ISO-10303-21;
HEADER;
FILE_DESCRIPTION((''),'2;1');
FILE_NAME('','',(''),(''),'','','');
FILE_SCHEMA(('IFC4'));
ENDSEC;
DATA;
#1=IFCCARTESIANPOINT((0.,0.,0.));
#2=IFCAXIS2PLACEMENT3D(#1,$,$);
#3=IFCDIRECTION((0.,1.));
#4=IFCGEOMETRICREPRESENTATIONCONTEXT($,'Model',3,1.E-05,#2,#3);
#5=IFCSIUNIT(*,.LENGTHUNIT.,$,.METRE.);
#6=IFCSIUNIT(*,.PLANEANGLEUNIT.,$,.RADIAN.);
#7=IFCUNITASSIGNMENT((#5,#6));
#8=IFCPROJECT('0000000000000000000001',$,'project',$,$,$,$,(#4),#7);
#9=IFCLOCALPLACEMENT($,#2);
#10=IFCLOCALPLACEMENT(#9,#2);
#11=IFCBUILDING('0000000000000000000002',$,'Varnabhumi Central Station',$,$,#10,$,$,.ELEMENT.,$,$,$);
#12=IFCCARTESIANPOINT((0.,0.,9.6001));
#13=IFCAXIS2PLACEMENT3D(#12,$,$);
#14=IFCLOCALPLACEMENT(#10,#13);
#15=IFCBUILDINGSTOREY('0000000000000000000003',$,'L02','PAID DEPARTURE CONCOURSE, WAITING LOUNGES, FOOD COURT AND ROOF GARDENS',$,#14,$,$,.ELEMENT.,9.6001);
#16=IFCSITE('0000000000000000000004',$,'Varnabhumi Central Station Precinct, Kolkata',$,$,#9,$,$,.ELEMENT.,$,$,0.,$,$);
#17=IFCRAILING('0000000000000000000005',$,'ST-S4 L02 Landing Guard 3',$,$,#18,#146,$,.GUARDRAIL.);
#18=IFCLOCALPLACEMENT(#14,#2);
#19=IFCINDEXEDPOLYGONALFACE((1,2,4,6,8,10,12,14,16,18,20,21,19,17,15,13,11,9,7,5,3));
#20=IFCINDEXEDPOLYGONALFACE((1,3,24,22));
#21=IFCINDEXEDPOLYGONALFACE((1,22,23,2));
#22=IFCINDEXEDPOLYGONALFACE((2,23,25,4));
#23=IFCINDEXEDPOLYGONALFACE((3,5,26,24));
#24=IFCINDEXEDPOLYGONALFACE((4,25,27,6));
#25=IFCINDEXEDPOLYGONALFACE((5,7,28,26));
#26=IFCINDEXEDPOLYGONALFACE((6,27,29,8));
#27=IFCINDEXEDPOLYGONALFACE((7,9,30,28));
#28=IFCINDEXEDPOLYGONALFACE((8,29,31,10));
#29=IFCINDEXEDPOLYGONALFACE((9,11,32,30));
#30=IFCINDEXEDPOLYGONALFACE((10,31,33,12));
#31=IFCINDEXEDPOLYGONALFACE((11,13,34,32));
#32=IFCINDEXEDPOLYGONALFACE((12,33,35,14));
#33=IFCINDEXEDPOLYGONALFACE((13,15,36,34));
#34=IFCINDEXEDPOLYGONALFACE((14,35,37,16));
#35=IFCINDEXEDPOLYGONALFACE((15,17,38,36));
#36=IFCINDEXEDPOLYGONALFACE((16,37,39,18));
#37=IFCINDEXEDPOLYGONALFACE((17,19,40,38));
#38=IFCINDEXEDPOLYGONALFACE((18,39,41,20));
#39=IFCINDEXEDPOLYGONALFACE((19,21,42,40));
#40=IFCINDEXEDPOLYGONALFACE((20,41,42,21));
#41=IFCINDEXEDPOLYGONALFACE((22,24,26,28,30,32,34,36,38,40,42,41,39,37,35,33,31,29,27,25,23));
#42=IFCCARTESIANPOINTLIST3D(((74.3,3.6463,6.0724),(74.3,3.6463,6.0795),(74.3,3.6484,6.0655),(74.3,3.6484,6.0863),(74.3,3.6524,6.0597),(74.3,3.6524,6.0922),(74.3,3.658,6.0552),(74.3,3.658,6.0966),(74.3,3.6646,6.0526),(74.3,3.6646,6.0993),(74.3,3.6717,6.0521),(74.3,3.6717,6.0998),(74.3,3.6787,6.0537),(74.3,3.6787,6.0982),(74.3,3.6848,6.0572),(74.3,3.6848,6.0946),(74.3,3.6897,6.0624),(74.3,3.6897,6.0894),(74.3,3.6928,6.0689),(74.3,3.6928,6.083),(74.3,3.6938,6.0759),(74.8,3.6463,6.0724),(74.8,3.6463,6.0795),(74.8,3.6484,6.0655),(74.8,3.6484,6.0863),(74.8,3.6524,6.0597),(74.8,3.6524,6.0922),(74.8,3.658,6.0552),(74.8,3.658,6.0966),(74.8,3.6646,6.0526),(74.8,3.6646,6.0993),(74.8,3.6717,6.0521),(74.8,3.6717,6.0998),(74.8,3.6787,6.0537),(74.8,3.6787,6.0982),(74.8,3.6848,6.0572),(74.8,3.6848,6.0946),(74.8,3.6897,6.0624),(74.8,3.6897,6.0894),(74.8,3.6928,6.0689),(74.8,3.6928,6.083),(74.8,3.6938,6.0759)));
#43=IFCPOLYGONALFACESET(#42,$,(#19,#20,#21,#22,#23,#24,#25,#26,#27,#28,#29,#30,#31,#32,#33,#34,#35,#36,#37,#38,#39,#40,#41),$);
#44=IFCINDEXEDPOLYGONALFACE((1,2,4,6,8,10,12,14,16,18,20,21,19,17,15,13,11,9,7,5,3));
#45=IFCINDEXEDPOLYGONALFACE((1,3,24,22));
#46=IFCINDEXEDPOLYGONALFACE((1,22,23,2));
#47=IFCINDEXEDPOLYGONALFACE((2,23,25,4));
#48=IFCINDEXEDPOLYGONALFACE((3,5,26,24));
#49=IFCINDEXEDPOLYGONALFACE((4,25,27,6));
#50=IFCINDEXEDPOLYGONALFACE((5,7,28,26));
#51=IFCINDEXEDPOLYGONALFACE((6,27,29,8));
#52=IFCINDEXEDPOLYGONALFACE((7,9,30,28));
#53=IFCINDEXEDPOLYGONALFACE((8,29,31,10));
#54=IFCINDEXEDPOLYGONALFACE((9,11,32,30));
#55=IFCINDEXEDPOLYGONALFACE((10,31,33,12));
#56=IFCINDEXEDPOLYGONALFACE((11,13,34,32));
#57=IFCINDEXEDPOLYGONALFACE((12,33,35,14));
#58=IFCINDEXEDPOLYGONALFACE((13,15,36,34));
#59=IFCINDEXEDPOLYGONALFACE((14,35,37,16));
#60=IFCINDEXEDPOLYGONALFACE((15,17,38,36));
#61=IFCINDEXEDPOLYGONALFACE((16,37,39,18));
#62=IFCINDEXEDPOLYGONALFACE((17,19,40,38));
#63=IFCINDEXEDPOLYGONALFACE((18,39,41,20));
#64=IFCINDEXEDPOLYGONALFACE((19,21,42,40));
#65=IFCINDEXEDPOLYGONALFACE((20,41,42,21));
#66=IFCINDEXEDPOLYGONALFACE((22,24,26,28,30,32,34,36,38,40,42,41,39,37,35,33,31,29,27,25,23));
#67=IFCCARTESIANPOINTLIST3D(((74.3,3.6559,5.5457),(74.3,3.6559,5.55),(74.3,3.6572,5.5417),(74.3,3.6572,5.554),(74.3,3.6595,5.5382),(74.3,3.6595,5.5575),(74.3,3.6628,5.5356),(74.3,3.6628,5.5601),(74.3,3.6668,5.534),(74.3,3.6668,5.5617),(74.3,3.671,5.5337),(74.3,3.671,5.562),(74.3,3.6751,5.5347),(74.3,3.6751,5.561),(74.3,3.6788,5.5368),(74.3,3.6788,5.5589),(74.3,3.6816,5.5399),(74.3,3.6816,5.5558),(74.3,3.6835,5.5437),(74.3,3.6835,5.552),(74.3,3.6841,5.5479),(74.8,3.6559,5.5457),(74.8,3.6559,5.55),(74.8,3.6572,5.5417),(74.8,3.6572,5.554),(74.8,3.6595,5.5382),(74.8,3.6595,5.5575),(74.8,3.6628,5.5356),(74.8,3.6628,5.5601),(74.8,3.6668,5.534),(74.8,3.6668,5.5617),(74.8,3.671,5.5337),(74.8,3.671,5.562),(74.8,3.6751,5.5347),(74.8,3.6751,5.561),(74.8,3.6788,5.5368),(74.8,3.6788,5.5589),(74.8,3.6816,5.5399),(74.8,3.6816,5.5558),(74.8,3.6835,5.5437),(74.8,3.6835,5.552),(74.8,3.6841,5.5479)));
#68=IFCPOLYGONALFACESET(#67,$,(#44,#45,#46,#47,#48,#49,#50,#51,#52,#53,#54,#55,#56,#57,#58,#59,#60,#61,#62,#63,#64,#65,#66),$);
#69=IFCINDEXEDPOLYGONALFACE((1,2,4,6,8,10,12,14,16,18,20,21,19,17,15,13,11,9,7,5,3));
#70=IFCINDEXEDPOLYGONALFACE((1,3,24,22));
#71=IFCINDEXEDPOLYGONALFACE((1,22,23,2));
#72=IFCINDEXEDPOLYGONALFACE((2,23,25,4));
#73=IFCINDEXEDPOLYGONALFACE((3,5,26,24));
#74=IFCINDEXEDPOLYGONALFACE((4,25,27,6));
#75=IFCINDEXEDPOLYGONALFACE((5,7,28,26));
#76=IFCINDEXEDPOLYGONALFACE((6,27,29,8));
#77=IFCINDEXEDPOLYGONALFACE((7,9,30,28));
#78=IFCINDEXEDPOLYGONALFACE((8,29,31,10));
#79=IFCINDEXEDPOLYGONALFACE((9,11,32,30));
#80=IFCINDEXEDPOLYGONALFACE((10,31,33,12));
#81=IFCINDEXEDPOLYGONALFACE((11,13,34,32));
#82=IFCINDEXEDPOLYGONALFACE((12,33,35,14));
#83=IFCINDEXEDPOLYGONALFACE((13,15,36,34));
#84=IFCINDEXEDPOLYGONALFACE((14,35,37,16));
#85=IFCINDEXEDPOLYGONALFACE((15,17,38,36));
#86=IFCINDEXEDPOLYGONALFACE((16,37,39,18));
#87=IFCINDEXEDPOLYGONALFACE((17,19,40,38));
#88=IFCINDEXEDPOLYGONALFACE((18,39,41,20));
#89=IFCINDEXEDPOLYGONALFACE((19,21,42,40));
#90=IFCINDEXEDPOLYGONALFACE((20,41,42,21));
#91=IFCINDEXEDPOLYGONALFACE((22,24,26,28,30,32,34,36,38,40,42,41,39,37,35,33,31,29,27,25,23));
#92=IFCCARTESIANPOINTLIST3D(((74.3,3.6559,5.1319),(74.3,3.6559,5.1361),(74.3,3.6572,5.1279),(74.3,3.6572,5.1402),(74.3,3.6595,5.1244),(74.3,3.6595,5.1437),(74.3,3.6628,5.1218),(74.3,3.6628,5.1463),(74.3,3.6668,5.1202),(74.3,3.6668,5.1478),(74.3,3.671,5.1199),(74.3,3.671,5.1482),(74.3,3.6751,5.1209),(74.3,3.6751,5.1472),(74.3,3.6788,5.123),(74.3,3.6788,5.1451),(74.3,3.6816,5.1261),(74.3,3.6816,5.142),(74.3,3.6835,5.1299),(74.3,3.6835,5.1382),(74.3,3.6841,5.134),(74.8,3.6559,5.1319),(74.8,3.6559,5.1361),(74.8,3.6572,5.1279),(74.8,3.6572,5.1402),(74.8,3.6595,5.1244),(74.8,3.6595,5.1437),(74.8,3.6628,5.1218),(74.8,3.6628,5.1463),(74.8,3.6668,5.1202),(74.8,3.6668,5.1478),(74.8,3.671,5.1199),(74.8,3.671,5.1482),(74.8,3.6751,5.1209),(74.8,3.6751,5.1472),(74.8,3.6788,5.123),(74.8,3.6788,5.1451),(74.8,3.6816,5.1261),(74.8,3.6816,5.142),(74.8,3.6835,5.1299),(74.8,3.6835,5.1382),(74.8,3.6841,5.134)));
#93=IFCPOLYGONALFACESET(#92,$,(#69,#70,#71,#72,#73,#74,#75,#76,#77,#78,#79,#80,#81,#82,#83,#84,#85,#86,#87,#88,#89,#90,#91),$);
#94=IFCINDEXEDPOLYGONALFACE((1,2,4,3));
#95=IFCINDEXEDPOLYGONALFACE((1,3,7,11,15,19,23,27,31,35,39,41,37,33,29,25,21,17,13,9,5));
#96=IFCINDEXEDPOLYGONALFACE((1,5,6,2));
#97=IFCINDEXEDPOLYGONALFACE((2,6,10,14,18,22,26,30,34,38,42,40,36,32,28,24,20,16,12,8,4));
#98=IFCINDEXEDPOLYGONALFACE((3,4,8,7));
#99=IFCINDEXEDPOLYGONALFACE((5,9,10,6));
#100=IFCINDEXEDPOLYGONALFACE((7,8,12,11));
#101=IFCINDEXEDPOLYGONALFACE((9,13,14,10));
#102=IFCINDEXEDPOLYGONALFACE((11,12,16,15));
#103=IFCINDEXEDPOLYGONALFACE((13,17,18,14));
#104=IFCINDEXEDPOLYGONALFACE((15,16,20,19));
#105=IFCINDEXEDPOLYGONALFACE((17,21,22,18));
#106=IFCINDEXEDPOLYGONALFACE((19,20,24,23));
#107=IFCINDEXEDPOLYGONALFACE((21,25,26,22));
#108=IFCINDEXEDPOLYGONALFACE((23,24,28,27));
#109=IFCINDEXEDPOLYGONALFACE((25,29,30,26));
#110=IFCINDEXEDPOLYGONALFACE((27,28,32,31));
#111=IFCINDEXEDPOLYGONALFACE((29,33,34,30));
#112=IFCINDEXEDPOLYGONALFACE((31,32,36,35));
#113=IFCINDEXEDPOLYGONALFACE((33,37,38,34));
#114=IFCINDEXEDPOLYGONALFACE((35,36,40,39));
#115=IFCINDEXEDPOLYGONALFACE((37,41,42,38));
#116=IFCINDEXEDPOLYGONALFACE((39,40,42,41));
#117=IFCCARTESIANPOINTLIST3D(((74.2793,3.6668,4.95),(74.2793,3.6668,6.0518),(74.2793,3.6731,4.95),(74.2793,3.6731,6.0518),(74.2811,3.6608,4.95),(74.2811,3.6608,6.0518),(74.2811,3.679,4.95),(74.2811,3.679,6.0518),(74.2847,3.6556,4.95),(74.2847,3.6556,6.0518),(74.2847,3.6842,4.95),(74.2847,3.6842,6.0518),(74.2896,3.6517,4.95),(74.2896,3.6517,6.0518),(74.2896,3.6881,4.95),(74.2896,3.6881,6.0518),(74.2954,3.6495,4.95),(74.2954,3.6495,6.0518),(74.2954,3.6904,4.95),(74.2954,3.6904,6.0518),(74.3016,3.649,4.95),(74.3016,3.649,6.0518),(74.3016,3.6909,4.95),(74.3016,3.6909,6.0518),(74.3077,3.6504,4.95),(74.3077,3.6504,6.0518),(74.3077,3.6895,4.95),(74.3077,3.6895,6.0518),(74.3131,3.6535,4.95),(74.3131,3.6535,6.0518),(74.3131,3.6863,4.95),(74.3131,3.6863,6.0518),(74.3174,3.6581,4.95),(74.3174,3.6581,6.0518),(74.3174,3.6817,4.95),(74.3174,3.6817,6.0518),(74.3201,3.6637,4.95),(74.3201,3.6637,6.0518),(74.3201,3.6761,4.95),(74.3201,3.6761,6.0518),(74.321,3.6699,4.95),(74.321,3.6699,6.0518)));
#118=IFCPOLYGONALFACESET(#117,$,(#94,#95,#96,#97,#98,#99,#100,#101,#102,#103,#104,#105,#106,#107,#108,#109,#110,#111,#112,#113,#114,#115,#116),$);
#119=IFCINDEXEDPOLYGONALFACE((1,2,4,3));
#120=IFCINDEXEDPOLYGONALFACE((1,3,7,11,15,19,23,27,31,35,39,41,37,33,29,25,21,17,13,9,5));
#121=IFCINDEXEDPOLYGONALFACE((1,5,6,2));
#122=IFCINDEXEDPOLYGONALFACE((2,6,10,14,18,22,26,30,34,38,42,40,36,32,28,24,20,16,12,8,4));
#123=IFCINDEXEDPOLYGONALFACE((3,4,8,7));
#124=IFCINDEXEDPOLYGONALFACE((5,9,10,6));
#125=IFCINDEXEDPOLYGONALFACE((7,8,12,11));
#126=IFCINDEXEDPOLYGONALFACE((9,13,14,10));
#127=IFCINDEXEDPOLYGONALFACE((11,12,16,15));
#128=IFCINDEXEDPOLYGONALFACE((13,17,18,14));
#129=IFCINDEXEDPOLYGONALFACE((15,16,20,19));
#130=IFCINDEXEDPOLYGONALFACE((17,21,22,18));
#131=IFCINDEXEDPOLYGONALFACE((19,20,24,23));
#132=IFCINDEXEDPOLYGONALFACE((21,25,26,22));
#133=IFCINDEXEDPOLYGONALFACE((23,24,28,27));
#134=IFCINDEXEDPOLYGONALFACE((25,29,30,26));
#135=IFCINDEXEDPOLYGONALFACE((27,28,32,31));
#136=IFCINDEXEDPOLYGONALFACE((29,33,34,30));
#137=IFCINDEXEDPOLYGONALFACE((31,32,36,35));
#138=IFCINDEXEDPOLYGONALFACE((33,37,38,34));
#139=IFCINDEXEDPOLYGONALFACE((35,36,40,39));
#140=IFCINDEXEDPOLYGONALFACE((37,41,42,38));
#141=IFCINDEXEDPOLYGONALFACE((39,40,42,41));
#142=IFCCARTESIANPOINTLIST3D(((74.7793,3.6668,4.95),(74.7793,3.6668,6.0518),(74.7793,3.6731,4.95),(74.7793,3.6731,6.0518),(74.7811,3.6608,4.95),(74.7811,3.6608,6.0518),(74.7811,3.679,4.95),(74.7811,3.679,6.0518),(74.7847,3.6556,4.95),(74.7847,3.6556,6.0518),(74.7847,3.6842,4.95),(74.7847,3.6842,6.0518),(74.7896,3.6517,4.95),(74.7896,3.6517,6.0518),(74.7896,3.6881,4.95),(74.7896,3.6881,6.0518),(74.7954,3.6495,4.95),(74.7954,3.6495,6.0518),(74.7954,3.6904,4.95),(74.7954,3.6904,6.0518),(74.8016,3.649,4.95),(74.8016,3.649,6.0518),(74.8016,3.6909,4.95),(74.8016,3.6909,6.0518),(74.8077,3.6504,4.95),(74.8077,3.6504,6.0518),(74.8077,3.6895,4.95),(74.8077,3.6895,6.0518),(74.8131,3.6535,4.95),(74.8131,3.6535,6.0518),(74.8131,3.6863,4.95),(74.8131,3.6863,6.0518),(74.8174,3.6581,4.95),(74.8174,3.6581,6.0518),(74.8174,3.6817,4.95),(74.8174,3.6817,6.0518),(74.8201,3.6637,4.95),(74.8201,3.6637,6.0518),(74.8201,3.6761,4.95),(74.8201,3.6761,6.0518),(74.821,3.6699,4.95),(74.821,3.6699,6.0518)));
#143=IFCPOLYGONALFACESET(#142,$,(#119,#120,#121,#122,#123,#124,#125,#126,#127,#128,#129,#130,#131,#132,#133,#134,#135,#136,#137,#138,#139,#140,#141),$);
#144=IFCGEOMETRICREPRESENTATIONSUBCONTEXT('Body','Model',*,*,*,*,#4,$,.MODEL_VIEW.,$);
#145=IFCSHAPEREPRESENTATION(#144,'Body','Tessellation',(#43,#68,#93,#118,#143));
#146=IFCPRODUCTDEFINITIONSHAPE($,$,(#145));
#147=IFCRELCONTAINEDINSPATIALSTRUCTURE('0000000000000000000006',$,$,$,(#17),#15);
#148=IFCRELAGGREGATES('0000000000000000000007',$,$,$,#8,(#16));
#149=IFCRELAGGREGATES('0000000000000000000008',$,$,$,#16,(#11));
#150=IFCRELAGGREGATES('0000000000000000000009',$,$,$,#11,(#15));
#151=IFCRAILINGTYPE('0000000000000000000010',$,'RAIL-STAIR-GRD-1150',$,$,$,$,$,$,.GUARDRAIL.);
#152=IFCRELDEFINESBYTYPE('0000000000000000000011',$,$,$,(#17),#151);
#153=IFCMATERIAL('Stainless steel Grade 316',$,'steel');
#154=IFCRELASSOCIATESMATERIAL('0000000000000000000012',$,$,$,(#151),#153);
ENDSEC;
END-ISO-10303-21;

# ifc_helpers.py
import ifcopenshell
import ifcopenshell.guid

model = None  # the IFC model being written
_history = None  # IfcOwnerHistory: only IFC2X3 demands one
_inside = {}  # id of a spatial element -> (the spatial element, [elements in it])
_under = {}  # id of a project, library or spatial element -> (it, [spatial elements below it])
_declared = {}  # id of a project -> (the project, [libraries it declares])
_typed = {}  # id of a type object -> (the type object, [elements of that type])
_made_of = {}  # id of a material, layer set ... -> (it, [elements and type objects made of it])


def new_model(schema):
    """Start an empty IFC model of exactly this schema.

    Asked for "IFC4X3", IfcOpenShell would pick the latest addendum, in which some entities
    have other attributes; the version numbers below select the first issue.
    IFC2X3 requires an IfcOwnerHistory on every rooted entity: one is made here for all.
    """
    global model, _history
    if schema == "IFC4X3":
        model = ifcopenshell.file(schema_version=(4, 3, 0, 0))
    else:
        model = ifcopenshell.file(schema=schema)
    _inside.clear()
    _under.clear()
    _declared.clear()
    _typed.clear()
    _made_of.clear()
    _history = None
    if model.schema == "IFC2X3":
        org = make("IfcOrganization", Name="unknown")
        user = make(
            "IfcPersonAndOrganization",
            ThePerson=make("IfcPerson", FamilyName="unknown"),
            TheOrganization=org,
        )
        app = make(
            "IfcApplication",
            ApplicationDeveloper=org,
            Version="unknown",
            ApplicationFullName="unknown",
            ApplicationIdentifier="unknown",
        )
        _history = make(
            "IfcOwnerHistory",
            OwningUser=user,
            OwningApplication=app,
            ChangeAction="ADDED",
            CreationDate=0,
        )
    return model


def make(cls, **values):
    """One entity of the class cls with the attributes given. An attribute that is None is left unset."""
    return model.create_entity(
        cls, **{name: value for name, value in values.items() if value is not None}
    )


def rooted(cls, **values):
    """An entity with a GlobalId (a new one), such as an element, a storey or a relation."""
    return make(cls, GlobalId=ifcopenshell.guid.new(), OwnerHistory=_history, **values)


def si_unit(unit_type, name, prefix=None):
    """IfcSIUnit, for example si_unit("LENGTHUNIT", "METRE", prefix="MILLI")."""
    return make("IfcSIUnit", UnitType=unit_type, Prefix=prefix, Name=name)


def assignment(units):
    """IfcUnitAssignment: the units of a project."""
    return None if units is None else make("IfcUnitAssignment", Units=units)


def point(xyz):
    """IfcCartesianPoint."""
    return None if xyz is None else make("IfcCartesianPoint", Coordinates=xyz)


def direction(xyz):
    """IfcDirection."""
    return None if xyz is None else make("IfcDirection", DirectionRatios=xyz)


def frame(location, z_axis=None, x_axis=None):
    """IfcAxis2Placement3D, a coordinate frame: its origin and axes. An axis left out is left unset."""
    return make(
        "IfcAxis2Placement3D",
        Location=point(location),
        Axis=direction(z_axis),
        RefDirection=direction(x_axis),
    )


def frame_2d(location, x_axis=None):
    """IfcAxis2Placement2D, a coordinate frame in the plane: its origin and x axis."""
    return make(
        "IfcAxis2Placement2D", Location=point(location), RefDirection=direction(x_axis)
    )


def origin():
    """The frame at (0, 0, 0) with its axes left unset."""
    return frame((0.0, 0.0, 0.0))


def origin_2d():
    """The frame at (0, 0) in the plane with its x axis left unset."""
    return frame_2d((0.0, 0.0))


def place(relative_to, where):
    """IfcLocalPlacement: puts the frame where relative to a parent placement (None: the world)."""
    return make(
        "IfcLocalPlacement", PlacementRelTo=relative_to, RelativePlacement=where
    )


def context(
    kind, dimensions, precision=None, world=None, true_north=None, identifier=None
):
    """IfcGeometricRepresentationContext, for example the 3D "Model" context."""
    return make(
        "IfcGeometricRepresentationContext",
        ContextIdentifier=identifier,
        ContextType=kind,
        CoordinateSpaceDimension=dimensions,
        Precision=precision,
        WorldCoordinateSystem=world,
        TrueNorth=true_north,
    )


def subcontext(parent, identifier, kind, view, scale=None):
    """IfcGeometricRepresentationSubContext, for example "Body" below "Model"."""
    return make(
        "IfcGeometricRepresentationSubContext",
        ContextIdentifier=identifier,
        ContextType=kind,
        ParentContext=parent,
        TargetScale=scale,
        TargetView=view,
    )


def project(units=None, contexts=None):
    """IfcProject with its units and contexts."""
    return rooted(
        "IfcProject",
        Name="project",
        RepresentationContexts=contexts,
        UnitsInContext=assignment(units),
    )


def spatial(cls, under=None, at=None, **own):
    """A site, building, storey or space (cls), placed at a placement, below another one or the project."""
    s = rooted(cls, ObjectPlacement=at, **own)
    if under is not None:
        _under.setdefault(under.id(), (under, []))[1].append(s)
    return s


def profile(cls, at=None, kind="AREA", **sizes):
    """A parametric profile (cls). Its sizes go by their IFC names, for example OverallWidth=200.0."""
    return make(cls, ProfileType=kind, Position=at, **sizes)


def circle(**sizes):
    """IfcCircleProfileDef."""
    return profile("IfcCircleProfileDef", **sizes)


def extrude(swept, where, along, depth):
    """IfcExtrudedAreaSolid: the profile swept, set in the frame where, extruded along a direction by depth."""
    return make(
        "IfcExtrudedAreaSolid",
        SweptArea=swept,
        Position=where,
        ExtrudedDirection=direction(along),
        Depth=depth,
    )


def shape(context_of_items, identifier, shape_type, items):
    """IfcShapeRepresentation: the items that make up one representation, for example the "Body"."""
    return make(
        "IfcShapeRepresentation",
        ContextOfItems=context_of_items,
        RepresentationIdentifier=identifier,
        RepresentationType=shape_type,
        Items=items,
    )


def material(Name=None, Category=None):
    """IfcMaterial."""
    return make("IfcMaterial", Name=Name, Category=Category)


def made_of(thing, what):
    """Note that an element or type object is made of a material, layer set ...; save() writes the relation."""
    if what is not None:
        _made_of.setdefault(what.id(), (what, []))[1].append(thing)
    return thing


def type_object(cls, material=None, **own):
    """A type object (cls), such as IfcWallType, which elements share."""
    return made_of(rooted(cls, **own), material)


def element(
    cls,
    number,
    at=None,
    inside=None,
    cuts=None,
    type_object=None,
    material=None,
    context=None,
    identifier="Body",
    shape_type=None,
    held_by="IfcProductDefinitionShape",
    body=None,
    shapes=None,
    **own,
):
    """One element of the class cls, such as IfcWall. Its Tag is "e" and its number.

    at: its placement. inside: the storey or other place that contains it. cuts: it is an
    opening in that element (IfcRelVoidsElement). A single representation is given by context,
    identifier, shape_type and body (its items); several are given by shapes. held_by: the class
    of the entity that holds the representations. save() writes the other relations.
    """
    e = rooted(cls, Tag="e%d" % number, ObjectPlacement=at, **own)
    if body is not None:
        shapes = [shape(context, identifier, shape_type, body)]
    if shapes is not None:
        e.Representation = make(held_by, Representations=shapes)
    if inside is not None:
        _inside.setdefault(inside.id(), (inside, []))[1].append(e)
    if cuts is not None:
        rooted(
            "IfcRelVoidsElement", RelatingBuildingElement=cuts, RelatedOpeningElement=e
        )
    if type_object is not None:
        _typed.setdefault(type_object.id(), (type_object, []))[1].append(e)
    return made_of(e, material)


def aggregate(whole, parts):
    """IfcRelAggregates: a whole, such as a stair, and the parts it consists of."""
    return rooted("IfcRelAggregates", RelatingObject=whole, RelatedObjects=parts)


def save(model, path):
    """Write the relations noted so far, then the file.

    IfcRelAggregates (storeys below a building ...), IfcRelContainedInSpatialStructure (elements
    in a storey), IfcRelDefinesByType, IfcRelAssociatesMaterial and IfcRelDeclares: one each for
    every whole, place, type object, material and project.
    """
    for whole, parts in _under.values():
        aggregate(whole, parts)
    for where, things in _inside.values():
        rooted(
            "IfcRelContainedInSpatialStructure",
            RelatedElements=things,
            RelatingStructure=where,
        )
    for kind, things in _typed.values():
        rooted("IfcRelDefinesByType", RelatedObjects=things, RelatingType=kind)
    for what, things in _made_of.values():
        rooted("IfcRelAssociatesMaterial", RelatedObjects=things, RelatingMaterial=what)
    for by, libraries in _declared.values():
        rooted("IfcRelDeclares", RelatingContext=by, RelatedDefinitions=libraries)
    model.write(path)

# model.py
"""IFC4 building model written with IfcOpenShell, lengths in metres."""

from ifc_helpers import new_model, si_unit, direction, frame, origin, origin_2d, place, context, subcontext, project, spatial, circle, extrude, material, type_object, element, save


model = new_model("IFC4")

# Units and contexts
model_context = context("Model", 3, precision=1e-05, world=origin(), true_north=direction((0.0, 1.0)))
body_context = subcontext(model_context, "Body", "Model", "MODEL_VIEW")
ifc_project = project(units=[si_unit("LENGTHUNIT", "METRE"), si_unit("PLANEANGLEUNIT", "RADIAN")], contexts=[model_context])

# Site, building, storey
site_placement = place(None, origin())
site = spatial("IfcSite", under=ifc_project, at=site_placement, Name="Varnabhumi Central Station Precinct, Kolkata", CompositionType="ELEMENT", RefElevation=0.0)
building_placement = place(site_placement, origin())
building = spatial("IfcBuilding", under=site, at=building_placement, Name="Varnabhumi Central Station", CompositionType="ELEMENT")
storey_placement = place(building_placement, frame((0.0, 0.0, 9.6001)))
storey = spatial("IfcBuildingStorey", under=building, at=storey_placement, Name="L02", Description="PAID DEPARTURE CONCOURSE, WAITING LOUNGES, FOOD COURT AND ROOF GARDENS", CompositionType="ELEMENT", Elevation=9.6001)

# Shared definitions
ifc_material_1 = material(Name="Stainless steel Grade 316", Category="steel")

# Railing
railing_type_1 = type_object("IfcRailingType", Name="RAIL-STAIR-GRD-1150", PredefinedType="GUARDRAIL", material=ifc_material_1)
for number, where, name in (
    (1, (74.3, 3.6699, 4.95), "ST-S4 L02 Landing Guard 3"),
):
    element("IfcRailing", number, at=place(storey_placement, frame(where)), inside=storey, type_object=railing_type_1, Name=name, PredefinedType="GUARDRAIL", context=body_context, shape_type="SweptSolid", body=[
        extrude(circle(Radius=0.0239, at=origin_2d()), frame((0.0, 0.0, 1.126), z_axis=(1.0, 0.0, 0.0), x_axis=(0.0, 1.0, 0.0)), (0.0, 0.0, 1.0), 0.5),
        extrude(circle(Radius=0.0142, at=origin_2d()), frame((0.0, 0.0, 0.5979), z_axis=(1.0, 0.0, 0.0), x_axis=(0.0, 1.0, 0.0)), (0.0, 0.0, 1.0), 0.5),
        extrude(circle(Radius=0.0142, at=origin_2d()), frame((0.0, 0.0, 0.1841), z_axis=(1.0, 0.0, 0.0), x_axis=(0.0, 1.0, 0.0)), (0.0, 0.0, 1.0), 0.5),
        extrude(circle(Radius=0.021, at=origin_2d()), origin(), (0.0, 0.0, 1.0), 1.1018),
        extrude(circle(Radius=0.021, at=origin_2d()), frame((0.5, 0.0, 0.0)), (0.0, 0.0, 1.0), 1.1018),
    ])

save(model, "model.ifc")
